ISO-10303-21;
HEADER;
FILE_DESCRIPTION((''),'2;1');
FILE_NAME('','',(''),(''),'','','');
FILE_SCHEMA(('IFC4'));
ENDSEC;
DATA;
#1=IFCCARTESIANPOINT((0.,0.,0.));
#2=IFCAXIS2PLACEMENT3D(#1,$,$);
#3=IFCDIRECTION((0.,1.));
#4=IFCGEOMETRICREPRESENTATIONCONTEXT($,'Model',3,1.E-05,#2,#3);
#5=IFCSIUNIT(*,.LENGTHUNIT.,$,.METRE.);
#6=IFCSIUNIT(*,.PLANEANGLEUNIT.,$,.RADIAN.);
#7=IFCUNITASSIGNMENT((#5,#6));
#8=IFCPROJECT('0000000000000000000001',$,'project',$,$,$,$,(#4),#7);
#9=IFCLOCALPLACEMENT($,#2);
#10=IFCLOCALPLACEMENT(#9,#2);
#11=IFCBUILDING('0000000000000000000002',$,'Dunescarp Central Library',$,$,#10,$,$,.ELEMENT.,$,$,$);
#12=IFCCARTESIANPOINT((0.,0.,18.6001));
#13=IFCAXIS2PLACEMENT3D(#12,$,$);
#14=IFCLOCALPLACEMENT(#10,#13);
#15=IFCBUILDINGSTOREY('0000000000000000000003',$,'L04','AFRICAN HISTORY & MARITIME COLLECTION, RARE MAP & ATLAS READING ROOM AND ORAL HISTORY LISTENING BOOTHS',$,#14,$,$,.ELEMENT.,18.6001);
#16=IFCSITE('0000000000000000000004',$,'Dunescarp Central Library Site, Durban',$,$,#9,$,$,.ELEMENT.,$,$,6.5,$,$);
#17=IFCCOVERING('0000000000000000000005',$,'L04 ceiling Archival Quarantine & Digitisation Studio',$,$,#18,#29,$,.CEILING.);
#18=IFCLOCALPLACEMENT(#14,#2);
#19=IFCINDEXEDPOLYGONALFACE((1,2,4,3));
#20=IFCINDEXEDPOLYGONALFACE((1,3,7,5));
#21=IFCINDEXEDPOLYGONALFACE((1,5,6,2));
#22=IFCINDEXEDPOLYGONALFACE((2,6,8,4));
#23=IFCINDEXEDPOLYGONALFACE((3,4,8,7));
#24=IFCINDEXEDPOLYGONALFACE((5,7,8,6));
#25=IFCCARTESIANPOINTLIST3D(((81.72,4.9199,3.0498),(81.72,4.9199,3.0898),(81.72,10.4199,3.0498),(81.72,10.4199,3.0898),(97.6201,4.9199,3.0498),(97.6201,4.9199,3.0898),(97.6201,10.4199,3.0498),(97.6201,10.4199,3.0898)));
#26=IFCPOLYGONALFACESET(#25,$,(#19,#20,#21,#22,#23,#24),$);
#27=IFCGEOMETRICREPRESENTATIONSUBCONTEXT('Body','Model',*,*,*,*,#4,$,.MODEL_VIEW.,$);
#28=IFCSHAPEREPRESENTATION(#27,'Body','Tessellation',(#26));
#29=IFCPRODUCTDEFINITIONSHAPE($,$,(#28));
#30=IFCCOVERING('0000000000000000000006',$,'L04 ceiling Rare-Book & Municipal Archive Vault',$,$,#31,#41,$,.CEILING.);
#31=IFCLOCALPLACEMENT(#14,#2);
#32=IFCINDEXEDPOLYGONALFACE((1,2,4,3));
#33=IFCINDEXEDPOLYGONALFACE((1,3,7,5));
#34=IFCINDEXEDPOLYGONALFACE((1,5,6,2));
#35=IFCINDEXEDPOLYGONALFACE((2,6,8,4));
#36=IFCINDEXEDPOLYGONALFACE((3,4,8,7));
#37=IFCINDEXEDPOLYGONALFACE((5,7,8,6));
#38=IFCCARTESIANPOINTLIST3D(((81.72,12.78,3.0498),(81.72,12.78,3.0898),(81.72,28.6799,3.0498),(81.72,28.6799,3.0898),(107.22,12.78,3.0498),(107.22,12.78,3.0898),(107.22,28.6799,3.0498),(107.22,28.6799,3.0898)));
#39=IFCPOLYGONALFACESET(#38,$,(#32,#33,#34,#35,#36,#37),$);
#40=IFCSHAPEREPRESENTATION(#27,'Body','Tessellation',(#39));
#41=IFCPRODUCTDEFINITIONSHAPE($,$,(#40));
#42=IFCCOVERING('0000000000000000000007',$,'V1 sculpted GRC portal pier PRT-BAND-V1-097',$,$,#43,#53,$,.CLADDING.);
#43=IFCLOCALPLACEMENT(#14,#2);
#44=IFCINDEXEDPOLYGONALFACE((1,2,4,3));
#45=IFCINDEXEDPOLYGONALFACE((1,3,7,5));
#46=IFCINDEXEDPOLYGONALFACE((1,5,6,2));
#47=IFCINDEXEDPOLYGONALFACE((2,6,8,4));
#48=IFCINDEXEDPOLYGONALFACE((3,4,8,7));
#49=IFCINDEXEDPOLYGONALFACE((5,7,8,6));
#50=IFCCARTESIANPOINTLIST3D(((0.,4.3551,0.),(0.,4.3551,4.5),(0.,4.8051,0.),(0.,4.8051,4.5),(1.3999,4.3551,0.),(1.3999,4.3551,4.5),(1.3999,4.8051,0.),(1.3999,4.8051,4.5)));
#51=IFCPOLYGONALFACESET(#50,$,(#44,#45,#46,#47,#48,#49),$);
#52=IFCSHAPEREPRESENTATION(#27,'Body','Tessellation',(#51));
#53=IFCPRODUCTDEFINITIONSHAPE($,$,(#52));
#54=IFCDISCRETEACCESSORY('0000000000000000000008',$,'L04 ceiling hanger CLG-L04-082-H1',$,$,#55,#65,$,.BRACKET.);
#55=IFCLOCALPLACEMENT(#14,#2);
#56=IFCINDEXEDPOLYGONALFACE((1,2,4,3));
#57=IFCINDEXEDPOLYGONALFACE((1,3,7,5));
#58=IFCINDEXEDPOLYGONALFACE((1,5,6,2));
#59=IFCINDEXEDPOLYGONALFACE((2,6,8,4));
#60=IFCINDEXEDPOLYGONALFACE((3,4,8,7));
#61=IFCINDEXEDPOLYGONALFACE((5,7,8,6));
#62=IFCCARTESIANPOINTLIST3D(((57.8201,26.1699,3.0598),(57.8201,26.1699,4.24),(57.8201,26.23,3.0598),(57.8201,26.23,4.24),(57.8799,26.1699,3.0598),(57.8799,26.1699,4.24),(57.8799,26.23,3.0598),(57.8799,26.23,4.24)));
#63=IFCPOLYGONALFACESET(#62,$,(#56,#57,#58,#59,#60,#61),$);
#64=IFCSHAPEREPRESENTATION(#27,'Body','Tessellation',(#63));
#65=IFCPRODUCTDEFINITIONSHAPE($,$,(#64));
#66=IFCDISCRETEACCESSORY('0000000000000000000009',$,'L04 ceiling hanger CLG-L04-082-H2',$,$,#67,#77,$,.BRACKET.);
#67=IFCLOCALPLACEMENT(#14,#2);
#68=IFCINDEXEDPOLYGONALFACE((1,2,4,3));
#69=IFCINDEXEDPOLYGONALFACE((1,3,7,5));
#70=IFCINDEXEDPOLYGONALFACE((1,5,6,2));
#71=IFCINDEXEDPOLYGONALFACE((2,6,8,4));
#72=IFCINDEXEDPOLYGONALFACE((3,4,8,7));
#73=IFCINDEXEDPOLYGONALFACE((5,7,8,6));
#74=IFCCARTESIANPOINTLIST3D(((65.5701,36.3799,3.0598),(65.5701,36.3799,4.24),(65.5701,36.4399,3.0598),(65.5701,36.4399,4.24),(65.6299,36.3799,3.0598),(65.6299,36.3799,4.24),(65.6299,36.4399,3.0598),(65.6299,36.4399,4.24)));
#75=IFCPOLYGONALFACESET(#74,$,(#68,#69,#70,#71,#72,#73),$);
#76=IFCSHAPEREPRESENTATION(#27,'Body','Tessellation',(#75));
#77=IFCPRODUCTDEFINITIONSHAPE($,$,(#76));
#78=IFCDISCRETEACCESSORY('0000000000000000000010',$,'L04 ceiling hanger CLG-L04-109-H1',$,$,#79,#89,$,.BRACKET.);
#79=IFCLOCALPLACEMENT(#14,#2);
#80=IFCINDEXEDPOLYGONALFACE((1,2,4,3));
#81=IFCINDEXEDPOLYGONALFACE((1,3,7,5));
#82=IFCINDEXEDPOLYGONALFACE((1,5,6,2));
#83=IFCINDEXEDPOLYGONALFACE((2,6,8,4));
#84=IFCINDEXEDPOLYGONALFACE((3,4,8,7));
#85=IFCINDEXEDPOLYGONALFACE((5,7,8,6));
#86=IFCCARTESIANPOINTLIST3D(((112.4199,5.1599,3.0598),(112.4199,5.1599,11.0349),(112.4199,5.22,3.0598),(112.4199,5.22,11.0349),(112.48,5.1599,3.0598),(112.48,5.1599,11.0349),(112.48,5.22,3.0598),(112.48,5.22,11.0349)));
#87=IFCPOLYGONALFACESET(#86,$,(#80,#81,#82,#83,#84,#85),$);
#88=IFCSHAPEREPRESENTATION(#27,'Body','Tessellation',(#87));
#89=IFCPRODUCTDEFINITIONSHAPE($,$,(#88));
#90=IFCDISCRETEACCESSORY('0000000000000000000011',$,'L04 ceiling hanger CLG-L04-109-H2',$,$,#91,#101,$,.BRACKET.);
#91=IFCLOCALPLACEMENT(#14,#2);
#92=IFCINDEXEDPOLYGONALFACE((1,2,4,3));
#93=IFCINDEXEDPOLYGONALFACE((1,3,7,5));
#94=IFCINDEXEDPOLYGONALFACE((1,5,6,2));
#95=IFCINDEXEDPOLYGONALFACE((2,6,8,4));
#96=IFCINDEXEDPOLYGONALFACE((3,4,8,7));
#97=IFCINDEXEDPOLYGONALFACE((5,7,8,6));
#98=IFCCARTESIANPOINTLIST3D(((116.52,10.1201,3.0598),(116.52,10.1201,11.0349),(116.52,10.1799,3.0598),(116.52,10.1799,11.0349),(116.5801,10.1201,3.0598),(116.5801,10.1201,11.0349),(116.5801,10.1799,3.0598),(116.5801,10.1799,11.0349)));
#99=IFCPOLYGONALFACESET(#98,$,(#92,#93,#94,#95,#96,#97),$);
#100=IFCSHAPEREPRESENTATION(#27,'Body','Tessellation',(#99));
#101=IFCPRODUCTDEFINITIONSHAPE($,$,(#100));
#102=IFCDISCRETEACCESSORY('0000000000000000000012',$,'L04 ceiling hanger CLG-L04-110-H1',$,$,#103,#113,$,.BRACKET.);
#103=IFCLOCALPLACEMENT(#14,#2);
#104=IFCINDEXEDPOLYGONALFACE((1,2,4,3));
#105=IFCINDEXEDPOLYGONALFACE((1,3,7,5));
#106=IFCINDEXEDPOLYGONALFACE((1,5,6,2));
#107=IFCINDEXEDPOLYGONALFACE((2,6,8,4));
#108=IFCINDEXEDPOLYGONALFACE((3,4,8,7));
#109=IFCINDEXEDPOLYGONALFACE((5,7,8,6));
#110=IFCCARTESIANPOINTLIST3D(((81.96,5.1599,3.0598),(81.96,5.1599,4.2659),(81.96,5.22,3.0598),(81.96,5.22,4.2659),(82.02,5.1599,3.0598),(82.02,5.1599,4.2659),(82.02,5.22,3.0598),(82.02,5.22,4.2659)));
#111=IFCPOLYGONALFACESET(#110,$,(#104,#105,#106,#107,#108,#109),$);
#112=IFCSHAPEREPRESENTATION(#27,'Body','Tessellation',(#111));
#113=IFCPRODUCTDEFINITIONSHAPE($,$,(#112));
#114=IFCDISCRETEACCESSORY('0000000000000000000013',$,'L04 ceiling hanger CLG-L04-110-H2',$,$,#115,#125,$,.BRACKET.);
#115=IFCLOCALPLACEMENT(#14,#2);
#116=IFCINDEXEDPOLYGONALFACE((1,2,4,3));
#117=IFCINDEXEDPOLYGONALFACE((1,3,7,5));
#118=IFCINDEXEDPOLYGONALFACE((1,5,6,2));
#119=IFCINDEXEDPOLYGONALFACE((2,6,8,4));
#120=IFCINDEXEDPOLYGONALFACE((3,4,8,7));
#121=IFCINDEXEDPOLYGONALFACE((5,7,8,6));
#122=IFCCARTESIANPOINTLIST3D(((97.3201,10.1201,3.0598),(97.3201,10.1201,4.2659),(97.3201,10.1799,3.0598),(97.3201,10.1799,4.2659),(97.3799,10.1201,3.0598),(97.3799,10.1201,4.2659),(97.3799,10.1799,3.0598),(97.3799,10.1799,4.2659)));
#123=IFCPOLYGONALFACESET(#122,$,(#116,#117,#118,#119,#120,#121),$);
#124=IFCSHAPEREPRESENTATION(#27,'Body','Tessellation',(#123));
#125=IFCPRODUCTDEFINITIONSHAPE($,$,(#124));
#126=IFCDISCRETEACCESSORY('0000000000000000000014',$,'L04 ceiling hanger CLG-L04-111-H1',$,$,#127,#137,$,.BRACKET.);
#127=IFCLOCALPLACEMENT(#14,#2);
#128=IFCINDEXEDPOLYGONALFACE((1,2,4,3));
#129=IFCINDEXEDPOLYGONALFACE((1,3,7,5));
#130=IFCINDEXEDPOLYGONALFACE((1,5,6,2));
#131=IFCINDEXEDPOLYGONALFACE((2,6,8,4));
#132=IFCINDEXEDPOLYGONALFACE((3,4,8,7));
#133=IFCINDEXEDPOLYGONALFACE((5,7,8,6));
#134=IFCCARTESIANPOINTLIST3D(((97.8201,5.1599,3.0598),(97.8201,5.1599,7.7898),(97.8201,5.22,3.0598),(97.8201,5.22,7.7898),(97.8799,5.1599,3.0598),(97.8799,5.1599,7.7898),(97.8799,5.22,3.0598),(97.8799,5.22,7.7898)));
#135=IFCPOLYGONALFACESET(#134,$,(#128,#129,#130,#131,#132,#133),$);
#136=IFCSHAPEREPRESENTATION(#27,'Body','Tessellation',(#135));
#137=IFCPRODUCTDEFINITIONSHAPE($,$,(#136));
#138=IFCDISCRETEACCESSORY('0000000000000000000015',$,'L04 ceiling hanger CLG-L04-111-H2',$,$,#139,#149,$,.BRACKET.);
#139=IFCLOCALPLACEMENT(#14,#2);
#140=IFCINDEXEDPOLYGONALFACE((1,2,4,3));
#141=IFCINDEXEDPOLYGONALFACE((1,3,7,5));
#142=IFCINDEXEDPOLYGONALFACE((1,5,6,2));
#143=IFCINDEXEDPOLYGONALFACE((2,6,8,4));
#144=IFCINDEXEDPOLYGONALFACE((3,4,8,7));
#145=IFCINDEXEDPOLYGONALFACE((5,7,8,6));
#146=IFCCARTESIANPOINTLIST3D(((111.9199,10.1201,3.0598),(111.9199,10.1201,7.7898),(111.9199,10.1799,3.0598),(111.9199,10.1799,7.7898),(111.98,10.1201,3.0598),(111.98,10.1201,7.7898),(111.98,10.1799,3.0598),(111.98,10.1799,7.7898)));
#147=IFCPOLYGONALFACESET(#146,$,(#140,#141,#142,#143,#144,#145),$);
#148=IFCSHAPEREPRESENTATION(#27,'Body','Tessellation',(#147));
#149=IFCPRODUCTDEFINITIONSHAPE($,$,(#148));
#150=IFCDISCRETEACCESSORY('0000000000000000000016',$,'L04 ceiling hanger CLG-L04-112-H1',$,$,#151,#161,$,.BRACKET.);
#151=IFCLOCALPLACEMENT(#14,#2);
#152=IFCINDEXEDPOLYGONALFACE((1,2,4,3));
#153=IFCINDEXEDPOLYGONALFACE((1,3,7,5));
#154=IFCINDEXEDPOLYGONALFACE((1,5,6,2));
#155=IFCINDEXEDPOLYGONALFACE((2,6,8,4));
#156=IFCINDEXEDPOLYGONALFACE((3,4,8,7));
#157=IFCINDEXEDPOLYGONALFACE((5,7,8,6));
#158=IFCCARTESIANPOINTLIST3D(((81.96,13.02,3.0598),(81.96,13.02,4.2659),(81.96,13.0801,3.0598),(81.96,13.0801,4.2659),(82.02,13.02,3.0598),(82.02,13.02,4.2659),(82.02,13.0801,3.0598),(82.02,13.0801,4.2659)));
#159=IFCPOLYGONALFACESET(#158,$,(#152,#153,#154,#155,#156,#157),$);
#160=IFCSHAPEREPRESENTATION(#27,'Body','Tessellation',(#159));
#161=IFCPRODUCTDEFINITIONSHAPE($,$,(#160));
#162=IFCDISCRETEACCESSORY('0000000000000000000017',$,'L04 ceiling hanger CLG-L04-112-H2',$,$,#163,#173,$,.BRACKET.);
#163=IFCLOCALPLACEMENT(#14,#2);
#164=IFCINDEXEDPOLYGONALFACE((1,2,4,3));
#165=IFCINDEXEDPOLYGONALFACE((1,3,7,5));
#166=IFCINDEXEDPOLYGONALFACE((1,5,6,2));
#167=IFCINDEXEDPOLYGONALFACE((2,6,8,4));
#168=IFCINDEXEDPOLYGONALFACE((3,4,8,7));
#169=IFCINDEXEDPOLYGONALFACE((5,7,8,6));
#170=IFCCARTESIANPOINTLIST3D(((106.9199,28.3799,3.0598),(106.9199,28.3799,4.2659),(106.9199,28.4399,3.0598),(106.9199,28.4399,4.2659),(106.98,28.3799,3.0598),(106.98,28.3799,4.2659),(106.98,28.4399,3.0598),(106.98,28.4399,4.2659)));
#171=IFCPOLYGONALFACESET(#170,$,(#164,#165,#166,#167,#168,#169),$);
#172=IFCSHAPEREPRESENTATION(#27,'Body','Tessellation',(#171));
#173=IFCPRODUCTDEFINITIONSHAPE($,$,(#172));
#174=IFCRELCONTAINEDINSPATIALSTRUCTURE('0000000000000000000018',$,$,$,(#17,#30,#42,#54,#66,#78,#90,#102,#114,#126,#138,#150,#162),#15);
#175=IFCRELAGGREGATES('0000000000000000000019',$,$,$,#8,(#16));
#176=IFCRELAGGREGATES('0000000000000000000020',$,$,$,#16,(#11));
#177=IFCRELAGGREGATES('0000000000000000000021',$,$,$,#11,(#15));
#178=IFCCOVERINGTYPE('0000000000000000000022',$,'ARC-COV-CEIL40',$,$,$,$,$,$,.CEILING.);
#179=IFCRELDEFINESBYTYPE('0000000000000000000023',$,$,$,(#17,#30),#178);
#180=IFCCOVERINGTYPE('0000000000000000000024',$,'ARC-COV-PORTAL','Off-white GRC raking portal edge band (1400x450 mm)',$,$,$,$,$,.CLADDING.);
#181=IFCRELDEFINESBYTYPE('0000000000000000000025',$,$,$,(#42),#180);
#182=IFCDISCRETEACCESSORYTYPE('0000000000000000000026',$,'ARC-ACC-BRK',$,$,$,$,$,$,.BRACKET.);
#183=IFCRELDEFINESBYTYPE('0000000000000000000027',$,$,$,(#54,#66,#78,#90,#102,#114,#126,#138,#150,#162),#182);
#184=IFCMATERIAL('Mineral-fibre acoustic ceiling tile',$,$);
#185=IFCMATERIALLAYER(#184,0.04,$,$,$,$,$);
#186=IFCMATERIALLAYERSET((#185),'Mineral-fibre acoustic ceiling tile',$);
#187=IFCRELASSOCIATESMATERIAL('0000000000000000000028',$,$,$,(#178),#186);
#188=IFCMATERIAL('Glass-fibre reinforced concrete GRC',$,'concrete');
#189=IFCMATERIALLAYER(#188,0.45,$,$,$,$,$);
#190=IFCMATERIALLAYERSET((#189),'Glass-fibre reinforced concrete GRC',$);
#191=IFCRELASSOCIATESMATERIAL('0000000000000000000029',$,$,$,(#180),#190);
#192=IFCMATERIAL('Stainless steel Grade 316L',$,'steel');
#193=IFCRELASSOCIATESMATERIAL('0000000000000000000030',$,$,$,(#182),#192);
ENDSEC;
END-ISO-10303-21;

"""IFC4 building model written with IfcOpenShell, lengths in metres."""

from ifc_helpers import new_model, si_unit, direction, frame, origin, origin_2d, place, context, subcontext, project, spatial, polyline, rectangle, outline, extrude, material, layer, layer_set, type_object, element, save


model = new_model("IFC4")

# Units and contexts
model_context = context("Model", 3, precision=1e-05, world=origin(), true_north=direction((0.0, 1.0)))
body_context = subcontext(model_context, "Body", "Model", "MODEL_VIEW")
ifc_project = project(units=[si_unit("LENGTHUNIT", "METRE"), si_unit("PLANEANGLEUNIT", "RADIAN")], contexts=[model_context])

# Site, building, storey
site_placement = place(None, origin())
site = spatial("IfcSite", under=ifc_project, at=site_placement, Name="Dunescarp Central Library Site, Durban", CompositionType="ELEMENT", RefElevation=6.5)
building_placement = place(site_placement, origin())
building = spatial("IfcBuilding", under=site, at=building_placement, Name="Dunescarp Central Library", CompositionType="ELEMENT")
storey_placement = place(building_placement, frame((0.0, 0.0, 18.6001)))
storey = spatial("IfcBuildingStorey", under=building, at=storey_placement, Name="L04", Description="AFRICAN HISTORY & MARITIME COLLECTION, RARE MAP & ATLAS READING ROOM AND ORAL HISTORY LISTENING BOOTHS", CompositionType="ELEMENT", Elevation=18.6001)

# Coverings
ifc_material_1 = material(Name="Mineral-fibre acoustic ceiling tile")
ifc_layer_1 = layer(ifc_material_1, 0.04)
ifc_layer_set_1 = layer_set([ifc_layer_1], Name="Mineral-fibre acoustic ceiling tile")
covering_type_1 = type_object("IfcCoveringType", Name="ARC-COV-CEIL40", PredefinedType="CEILING", material=ifc_layer_set_1)
covering_1_placement = place(storey_placement, frame((0.0, 0.0, 3.0498)))
element("IfcCovering", 1, at=covering_1_placement, inside=storey, type_object=covering_type_1, Name="L04 ceiling Archival Quarantine & Digitisation Studio", PredefinedType="CEILING", context=body_context, shape_type="SweptSolid", body=[
    extrude(outline(polyline([(81.72, 4.9199), (97.6201, 4.9199), (97.6201, 10.4199), (81.72, 10.4199), (81.72, 4.9199)])), origin(), (0.0, 0.0, 1.0), 0.04),
])
covering_2_placement = place(storey_placement, frame((0.0, 0.0, 3.0498)))
element("IfcCovering", 2, at=covering_2_placement, inside=storey, type_object=covering_type_1, Name="L04 ceiling Rare-Book & Municipal Archive Vault", PredefinedType="CEILING", context=body_context, shape_type="SweptSolid", body=[
    extrude(outline(polyline([(81.72, 12.78), (107.22, 12.78), (107.22, 28.6799), (81.72, 28.6799), (81.72, 12.78)])), origin(), (0.0, 0.0, 1.0), 0.04),
])
ifc_material_2 = material(Name="Glass-fibre reinforced concrete GRC", Category="concrete")
ifc_layer_2 = layer(ifc_material_2, 0.45)
ifc_layer_set_2 = layer_set([ifc_layer_2], Name="Glass-fibre reinforced concrete GRC")
covering_type_2 = type_object("IfcCoveringType", Name="ARC-COV-PORTAL", Description="Off-white GRC raking portal edge band (1400x450 mm)", PredefinedType="CLADDING", material=ifc_layer_set_2)
covering_3_placement = place(storey_placement, frame((0.7, 4.5801, 0.0), z_axis=(0.0, 0.0, 1.0), x_axis=(1.0, 0.0, 0.0)))
element("IfcCovering", 3, at=covering_3_placement, inside=storey, type_object=covering_type_2, Name="V1 sculpted GRC portal pier PRT-BAND-V1-097", PredefinedType="CLADDING", context=body_context, shape_type="SweptSolid", body=[
    extrude(rectangle(XDim=1.3999, YDim=0.45, at=origin_2d()), origin(), (0.0, 0.0, 1.0), 4.5),
])

# Discrete accessories
ifc_material_3 = material(Name="Stainless steel Grade 316L", Category="steel")
discrete_accessory_type = type_object("IfcDiscreteAccessoryType", Name="ARC-ACC-BRK", PredefinedType="BRACKET", material=ifc_material_3)
discrete_accessory_1_placement = place(storey_placement, frame((0.0, 0.0, 3.0598)))
element("IfcDiscreteAccessory", 4, at=discrete_accessory_1_placement, inside=storey, type_object=discrete_accessory_type, Name="L04 ceiling hanger CLG-L04-082-H1", PredefinedType="BRACKET", context=body_context, shape_type="SweptSolid", body=[
    extrude(outline(polyline([(57.8201, 26.1699), (57.8799, 26.1699), (57.8799, 26.23), (57.8201, 26.23), (57.8201, 26.1699)])), origin(), (0.0, 0.0, 1.0), 1.1802),
])
discrete_accessory_2_placement = place(storey_placement, frame((0.0, 0.0, 3.0598)))
element("IfcDiscreteAccessory", 5, at=discrete_accessory_2_placement, inside=storey, type_object=discrete_accessory_type, Name="L04 ceiling hanger CLG-L04-082-H2", PredefinedType="BRACKET", context=body_context, shape_type="SweptSolid", body=[
    extrude(outline(polyline([(65.5701, 36.3799), (65.6299, 36.3799), (65.6299, 36.4399), (65.5701, 36.4399), (65.5701, 36.3799)])), origin(), (0.0, 0.0, 1.0), 1.1802),
])
discrete_accessory_3_placement = place(storey_placement, frame((0.0, 0.0, 3.0598)))
element("IfcDiscreteAccessory", 6, at=discrete_accessory_3_placement, inside=storey, type_object=discrete_accessory_type, Name="L04 ceiling hanger CLG-L04-109-H1", PredefinedType="BRACKET", context=body_context, shape_type="SweptSolid", body=[
    extrude(outline(polyline([(112.4199, 5.1599), (112.48, 5.1599), (112.48, 5.22), (112.4199, 5.22), (112.4199, 5.1599)])), origin(), (0.0, 0.0, 1.0), 7.9751),
])
discrete_accessory_4_placement = place(storey_placement, frame((0.0, 0.0, 3.0598)))
element("IfcDiscreteAccessory", 7, at=discrete_accessory_4_placement, inside=storey, type_object=discrete_accessory_type, Name="L04 ceiling hanger CLG-L04-109-H2", PredefinedType="BRACKET", context=body_context, shape_type="SweptSolid", body=[
    extrude(outline(polyline([(116.52, 10.1201), (116.5801, 10.1201), (116.5801, 10.1799), (116.52, 10.1799), (116.52, 10.1201)])), origin(), (0.0, 0.0, 1.0), 7.9751),
])
discrete_accessory_5_placement = place(storey_placement, frame((0.0, 0.0, 3.0598)))
element("IfcDiscreteAccessory", 8, at=discrete_accessory_5_placement, inside=storey, type_object=discrete_accessory_type, Name="L04 ceiling hanger CLG-L04-110-H1", PredefinedType="BRACKET", context=body_context, shape_type="SweptSolid", body=[
    extrude(outline(polyline([(81.96, 5.1599), (82.02, 5.1599), (82.02, 5.22), (81.96, 5.22), (81.96, 5.1599)])), origin(), (0.0, 0.0, 1.0), 1.2061),
])
discrete_accessory_6_placement = place(storey_placement, frame((0.0, 0.0, 3.0598)))
element("IfcDiscreteAccessory", 9, at=discrete_accessory_6_placement, inside=storey, type_object=discrete_accessory_type, Name="L04 ceiling hanger CLG-L04-110-H2", PredefinedType="BRACKET", context=body_context, shape_type="SweptSolid", body=[
    extrude(outline(polyline([(97.3201, 10.1201), (97.3799, 10.1201), (97.3799, 10.1799), (97.3201, 10.1799), (97.3201, 10.1201)])), origin(), (0.0, 0.0, 1.0), 1.2061),
])
discrete_accessory_7_placement = place(storey_placement, frame((0.0, 0.0, 3.0598)))
element("IfcDiscreteAccessory", 10, at=discrete_accessory_7_placement, inside=storey, type_object=discrete_accessory_type, Name="L04 ceiling hanger CLG-L04-111-H1", PredefinedType="BRACKET", context=body_context, shape_type="SweptSolid", body=[
    extrude(outline(polyline([(97.8201, 5.1599), (97.8799, 5.1599), (97.8799, 5.22), (97.8201, 5.22), (97.8201, 5.1599)])), origin(), (0.0, 0.0, 1.0), 4.73),
])
discrete_accessory_8_placement = place(storey_placement, frame((0.0, 0.0, 3.0598)))
element("IfcDiscreteAccessory", 11, at=discrete_accessory_8_placement, inside=storey, type_object=discrete_accessory_type, Name="L04 ceiling hanger CLG-L04-111-H2", PredefinedType="BRACKET", context=body_context, shape_type="SweptSolid", body=[
    extrude(outline(polyline([(111.9199, 10.1201), (111.98, 10.1201), (111.98, 10.1799), (111.9199, 10.1799), (111.9199, 10.1201)])), origin(), (0.0, 0.0, 1.0), 4.73),
])
discrete_accessory_9_placement = place(storey_placement, frame((0.0, 0.0, 3.0598)))
element("IfcDiscreteAccessory", 12, at=discrete_accessory_9_placement, inside=storey, type_object=discrete_accessory_type, Name="L04 ceiling hanger CLG-L04-112-H1", PredefinedType="BRACKET", context=body_context, shape_type="SweptSolid", body=[
    extrude(outline(polyline([(81.96, 13.02), (82.02, 13.02), (82.02, 13.0801), (81.96, 13.0801), (81.96, 13.02)])), origin(), (0.0, 0.0, 1.0), 1.2061),
])
discrete_accessory_10_placement = place(storey_placement, frame((0.0, 0.0, 3.0598)))
element("IfcDiscreteAccessory", 13, at=discrete_accessory_10_placement, inside=storey, type_object=discrete_accessory_type, Name="L04 ceiling hanger CLG-L04-112-H2", PredefinedType="BRACKET", context=body_context, shape_type="SweptSolid", body=[
    extrude(outline(polyline([(106.9199, 28.3799), (106.98, 28.3799), (106.98, 28.4399), (106.9199, 28.4399), (106.9199, 28.3799)])), origin(), (0.0, 0.0, 1.0), 1.2061),
])

save(model, "model.ifc")
